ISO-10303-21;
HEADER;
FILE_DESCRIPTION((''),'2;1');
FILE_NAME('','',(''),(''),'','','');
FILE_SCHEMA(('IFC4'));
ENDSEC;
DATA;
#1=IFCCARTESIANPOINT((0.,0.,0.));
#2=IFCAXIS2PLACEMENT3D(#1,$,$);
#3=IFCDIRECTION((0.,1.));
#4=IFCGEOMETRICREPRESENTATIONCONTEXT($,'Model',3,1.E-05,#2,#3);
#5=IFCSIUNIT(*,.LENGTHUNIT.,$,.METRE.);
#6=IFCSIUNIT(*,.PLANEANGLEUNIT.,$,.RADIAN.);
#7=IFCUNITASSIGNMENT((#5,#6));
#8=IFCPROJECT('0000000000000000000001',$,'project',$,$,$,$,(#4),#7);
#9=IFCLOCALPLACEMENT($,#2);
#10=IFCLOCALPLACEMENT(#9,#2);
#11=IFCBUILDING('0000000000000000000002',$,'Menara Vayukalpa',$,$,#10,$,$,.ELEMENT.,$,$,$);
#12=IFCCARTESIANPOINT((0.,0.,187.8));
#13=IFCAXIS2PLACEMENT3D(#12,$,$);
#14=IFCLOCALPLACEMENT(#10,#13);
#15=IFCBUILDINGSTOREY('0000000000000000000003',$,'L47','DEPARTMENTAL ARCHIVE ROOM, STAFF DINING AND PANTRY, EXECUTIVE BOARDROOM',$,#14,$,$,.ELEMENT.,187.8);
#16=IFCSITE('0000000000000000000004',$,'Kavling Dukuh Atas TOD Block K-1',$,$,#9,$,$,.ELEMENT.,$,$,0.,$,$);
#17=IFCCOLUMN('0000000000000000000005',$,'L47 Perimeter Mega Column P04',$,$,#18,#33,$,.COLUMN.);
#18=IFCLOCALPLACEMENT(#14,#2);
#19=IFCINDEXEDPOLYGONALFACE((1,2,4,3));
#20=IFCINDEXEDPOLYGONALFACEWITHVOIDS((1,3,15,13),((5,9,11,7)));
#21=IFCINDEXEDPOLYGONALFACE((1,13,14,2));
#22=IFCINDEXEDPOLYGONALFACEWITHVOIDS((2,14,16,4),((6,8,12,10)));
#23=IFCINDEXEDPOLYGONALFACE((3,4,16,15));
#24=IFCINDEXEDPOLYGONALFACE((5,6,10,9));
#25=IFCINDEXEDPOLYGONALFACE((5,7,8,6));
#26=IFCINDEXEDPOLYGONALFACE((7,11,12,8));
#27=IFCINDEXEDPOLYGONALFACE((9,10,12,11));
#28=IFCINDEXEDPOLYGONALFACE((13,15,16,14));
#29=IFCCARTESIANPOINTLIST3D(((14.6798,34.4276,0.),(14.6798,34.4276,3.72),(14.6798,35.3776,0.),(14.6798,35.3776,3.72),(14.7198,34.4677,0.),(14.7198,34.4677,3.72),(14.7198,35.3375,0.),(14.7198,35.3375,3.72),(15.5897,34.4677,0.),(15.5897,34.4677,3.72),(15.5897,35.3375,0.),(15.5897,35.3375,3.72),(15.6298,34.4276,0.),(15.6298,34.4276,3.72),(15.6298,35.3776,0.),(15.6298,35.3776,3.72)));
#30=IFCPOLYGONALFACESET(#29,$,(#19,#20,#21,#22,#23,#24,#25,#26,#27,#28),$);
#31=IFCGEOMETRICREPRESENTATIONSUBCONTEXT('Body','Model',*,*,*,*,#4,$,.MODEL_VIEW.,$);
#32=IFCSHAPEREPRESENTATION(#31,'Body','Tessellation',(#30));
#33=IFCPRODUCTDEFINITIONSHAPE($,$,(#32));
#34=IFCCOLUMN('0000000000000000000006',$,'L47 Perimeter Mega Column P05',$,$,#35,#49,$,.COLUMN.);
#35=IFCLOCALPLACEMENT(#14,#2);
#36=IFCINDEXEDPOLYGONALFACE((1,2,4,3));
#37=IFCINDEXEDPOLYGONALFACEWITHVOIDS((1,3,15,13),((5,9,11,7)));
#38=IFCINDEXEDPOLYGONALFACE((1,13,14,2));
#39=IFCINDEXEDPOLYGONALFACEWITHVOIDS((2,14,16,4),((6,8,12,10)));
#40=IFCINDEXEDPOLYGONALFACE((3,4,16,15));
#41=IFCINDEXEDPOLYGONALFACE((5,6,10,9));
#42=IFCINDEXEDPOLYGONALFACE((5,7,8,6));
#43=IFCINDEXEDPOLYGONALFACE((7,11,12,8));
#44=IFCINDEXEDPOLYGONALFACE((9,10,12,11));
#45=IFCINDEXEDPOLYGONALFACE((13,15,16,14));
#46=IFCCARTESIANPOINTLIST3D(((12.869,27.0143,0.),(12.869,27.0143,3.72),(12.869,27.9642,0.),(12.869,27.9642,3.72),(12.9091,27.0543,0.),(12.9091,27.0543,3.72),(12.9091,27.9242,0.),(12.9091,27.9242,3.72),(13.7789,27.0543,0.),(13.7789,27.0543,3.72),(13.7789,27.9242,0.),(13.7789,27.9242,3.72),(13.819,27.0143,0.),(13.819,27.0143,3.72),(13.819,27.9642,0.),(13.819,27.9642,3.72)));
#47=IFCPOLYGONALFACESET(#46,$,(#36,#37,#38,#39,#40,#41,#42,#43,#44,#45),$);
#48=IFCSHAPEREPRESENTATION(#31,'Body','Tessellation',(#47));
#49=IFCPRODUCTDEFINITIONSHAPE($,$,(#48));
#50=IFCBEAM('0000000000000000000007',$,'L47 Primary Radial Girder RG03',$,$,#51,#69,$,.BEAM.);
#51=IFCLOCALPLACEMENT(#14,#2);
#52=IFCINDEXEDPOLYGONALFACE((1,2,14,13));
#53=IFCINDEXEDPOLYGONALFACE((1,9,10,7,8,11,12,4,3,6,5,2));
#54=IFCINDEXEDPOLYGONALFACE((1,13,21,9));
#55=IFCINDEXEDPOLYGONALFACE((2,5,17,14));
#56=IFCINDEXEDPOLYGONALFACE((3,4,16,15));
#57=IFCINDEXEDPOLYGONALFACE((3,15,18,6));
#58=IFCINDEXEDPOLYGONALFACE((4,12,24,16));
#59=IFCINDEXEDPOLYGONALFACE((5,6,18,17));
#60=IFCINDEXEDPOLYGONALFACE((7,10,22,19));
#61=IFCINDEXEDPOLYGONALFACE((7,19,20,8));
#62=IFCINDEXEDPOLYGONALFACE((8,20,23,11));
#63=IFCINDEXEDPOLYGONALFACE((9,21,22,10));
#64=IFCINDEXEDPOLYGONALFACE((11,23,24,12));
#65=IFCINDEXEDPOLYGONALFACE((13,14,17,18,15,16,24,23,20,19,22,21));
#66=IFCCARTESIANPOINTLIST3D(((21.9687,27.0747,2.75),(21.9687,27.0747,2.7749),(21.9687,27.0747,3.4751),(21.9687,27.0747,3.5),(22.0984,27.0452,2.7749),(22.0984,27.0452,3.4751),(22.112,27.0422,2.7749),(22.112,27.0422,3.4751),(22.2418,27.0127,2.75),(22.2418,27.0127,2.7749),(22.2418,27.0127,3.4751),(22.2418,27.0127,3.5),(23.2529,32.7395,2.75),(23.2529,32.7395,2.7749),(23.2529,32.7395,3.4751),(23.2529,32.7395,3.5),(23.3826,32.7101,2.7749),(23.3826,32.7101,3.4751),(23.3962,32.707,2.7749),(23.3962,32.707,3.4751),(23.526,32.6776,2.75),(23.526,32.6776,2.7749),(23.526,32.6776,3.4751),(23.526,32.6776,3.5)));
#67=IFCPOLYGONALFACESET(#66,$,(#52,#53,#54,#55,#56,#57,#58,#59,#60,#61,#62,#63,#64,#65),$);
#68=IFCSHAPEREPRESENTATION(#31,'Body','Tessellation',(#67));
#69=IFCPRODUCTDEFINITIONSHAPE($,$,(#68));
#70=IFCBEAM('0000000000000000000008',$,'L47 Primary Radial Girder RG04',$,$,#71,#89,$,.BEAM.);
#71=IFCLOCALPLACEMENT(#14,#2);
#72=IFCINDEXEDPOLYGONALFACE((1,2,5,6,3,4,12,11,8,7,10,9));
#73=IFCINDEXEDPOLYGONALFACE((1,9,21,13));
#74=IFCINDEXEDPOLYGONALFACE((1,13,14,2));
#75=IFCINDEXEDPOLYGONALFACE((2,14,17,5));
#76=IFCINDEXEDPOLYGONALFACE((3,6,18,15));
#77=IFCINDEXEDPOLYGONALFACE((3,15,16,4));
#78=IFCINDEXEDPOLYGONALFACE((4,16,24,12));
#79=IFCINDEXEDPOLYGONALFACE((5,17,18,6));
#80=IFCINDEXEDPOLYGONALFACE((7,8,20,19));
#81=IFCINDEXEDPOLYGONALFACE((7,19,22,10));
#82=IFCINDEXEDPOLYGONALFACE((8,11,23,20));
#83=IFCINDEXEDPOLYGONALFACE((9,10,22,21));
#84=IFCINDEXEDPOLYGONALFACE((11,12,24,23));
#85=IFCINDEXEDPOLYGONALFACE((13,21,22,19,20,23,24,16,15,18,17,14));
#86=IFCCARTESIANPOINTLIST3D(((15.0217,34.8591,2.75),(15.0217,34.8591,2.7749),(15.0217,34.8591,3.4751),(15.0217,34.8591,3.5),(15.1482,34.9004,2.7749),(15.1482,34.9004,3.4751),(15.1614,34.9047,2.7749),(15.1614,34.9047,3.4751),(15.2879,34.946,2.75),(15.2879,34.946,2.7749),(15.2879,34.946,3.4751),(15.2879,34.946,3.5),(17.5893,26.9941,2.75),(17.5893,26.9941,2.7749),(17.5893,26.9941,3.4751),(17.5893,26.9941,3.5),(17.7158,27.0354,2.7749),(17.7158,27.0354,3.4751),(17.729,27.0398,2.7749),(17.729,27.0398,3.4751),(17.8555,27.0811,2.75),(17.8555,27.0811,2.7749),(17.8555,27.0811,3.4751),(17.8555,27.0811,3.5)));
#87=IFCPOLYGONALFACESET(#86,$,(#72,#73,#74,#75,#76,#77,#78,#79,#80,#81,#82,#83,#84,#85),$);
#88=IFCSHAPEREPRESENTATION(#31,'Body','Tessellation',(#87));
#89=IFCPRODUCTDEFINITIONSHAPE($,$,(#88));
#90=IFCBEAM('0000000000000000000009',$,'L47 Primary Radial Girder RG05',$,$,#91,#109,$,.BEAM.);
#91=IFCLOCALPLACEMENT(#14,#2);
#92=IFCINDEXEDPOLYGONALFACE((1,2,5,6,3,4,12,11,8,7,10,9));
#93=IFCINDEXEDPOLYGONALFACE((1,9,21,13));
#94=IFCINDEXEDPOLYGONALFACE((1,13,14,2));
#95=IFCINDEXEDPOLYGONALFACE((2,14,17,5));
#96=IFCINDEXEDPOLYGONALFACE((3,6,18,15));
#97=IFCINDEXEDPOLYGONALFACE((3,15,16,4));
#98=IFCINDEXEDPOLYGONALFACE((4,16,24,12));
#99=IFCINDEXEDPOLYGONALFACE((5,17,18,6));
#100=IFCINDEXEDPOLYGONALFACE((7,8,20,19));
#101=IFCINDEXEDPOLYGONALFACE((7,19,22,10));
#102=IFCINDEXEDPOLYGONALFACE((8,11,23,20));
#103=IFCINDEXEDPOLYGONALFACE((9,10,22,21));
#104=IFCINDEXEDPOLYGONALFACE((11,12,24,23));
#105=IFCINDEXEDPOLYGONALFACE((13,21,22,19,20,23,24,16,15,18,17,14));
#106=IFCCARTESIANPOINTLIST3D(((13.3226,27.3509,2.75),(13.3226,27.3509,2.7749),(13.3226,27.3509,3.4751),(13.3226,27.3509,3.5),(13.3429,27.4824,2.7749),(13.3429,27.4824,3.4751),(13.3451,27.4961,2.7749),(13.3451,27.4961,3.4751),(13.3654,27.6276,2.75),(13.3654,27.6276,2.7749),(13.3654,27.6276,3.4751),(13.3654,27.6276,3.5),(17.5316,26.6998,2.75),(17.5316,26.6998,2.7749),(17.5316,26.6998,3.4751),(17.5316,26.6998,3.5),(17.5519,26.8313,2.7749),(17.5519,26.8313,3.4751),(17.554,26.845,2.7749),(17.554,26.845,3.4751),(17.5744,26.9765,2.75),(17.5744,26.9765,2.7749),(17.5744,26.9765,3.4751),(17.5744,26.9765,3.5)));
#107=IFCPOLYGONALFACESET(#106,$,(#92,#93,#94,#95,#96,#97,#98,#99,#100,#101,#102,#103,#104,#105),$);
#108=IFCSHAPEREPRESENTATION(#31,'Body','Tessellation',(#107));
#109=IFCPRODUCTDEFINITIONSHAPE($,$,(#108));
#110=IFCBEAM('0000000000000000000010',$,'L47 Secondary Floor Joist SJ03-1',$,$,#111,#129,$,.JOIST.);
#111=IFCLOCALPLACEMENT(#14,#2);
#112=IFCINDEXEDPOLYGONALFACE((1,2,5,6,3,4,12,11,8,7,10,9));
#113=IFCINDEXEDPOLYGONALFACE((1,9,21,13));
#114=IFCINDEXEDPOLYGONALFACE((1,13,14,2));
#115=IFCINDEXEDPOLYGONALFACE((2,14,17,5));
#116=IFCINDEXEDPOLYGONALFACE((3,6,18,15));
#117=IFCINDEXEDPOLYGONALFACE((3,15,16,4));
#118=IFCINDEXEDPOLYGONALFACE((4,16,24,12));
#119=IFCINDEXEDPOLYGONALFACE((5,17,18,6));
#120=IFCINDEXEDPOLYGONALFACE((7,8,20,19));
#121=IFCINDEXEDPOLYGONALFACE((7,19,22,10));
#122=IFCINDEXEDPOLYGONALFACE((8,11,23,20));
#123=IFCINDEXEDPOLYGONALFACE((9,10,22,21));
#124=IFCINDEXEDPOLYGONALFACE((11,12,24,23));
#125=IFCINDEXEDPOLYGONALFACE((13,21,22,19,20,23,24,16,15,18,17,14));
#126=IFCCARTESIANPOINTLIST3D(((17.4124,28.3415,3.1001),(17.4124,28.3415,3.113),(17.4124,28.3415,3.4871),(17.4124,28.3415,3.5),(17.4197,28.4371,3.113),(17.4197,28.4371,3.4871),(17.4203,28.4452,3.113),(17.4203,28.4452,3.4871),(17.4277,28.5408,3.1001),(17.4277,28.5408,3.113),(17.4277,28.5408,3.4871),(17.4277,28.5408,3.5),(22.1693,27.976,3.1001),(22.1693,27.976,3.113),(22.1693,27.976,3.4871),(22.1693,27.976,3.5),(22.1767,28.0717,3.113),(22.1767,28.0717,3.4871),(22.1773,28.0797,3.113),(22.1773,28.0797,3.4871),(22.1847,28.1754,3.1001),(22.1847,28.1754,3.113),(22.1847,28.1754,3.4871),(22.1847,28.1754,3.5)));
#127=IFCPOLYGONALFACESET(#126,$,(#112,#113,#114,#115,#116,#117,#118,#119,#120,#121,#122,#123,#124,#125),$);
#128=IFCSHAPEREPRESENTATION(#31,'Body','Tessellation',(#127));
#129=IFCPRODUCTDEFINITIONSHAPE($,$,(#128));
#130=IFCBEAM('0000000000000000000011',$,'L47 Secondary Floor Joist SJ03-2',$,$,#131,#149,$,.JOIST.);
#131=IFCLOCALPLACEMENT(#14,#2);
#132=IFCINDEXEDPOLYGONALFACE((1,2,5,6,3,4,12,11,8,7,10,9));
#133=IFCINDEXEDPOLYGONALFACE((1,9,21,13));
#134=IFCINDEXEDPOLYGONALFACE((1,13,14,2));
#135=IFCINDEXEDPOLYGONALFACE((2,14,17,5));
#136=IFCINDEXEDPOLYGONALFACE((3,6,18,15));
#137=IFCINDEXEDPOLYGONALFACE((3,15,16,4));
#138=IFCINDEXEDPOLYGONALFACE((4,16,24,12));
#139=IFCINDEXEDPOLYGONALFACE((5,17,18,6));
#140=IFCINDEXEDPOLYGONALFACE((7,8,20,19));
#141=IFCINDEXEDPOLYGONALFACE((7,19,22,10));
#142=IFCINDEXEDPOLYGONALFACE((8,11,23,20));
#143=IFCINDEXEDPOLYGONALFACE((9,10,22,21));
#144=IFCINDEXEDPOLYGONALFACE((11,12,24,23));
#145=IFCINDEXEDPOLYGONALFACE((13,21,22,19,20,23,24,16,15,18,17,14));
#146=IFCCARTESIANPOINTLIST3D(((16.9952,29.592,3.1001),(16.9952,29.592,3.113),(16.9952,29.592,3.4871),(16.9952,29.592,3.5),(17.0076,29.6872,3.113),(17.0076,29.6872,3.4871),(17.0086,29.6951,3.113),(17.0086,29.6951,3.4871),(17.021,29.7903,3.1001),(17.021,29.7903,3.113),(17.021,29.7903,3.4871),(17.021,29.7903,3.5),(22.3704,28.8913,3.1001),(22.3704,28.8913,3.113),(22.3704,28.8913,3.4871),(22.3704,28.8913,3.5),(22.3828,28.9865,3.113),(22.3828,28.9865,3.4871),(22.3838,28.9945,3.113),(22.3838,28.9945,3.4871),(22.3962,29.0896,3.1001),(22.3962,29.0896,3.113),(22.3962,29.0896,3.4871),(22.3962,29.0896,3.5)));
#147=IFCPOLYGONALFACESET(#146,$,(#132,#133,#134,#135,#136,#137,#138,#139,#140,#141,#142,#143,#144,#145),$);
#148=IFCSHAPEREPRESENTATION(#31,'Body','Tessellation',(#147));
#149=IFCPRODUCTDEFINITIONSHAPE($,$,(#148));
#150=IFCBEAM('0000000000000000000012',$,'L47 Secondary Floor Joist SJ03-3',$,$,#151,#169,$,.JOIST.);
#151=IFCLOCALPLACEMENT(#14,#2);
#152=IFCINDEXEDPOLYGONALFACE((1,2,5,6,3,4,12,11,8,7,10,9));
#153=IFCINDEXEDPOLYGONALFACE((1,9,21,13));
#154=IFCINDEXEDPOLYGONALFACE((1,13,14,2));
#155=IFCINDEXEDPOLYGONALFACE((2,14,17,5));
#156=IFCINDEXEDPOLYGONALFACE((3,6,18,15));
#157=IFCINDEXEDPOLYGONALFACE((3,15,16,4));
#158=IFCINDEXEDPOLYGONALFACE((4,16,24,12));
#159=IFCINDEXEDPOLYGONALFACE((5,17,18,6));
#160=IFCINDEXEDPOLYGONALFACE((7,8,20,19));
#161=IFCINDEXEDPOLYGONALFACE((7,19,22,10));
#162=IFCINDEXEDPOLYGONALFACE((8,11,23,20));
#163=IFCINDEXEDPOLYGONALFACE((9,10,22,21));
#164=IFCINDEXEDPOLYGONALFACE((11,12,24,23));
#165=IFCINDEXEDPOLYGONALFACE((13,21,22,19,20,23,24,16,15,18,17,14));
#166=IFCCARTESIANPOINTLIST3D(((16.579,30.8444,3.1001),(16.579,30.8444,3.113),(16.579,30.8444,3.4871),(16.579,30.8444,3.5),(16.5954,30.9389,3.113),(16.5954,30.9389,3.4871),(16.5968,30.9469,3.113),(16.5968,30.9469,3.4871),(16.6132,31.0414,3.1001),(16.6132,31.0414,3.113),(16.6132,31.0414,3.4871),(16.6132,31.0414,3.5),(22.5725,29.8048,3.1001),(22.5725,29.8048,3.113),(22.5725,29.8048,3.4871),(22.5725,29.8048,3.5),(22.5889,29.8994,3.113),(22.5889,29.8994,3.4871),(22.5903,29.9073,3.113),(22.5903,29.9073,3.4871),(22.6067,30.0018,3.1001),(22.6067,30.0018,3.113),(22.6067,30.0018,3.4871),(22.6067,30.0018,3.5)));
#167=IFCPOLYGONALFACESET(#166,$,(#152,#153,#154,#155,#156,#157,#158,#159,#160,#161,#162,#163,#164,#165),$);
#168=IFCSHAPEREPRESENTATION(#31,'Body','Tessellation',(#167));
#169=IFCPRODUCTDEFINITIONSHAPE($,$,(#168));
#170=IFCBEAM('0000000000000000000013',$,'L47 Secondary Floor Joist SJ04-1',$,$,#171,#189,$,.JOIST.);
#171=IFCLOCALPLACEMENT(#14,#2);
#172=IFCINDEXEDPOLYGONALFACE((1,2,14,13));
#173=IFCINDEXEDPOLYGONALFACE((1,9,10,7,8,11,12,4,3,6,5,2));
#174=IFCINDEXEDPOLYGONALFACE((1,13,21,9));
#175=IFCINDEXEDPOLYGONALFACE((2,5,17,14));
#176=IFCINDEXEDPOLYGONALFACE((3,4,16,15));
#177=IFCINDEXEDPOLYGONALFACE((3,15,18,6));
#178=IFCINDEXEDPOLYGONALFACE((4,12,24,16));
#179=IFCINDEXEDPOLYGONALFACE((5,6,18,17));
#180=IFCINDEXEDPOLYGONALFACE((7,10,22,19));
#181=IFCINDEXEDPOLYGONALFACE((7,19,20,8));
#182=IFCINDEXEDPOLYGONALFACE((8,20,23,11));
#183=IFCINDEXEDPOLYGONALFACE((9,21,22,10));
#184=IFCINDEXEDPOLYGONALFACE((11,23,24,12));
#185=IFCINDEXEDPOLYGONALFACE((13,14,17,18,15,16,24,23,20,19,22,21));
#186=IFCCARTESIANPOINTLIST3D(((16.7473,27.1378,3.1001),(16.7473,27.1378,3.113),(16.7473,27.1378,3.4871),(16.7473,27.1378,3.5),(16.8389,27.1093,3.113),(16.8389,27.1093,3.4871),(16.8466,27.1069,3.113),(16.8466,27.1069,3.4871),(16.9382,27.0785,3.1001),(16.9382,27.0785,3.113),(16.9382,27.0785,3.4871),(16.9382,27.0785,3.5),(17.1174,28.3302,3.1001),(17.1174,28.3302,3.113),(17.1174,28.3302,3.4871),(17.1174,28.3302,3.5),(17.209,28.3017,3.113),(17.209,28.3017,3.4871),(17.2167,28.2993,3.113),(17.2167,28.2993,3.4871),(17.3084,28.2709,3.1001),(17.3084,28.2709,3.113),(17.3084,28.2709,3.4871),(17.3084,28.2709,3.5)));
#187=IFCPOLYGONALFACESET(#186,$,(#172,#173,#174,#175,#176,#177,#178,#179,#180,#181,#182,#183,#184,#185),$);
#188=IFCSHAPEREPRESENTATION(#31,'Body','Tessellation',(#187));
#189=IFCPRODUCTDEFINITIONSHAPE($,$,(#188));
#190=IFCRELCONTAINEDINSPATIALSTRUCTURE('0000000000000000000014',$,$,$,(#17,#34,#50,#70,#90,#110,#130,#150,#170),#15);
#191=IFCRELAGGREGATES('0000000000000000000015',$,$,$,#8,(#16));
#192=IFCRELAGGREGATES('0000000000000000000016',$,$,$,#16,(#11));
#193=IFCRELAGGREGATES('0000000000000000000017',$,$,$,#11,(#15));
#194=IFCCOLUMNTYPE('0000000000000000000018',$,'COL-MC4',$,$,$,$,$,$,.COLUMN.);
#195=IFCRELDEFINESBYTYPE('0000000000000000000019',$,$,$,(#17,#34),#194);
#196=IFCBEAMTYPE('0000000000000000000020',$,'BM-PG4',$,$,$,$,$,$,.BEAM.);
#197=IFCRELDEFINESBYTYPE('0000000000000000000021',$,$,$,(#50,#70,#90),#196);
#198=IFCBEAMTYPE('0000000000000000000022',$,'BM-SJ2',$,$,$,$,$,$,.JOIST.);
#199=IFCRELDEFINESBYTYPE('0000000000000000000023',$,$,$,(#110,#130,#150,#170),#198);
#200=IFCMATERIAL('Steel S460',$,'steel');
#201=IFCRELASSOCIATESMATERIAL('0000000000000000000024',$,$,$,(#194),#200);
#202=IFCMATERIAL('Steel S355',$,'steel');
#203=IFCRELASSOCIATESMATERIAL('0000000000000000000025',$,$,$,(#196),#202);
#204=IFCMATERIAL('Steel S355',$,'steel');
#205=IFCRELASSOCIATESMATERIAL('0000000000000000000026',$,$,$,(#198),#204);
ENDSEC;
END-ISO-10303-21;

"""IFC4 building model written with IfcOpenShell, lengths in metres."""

from ifc_helpers import new_model, si_unit, direction, frame, origin, origin_2d, place, context, subcontext, project, spatial, hollow_rectangle, i_section, extrude, material, material_profile, profile_set, type_object, element, save


model = new_model("IFC4")

# Units and contexts
model_context = context("Model", 3, precision=1e-05, world=origin(), true_north=direction((0.0, 1.0)))
body_context = subcontext(model_context, "Body", "Model", "MODEL_VIEW")
ifc_project = project(units=[si_unit("LENGTHUNIT", "METRE"), si_unit("PLANEANGLEUNIT", "RADIAN")], contexts=[model_context])

# Site, building, storey
site_placement = place(None, origin())
site = spatial("IfcSite", under=ifc_project, at=site_placement, Name="Kavling Dukuh Atas TOD Block K-1", CompositionType="ELEMENT", RefElevation=0.0)
building_placement = place(site_placement, origin())
building = spatial("IfcBuilding", under=site, at=building_placement, Name="Menara Vayukalpa", CompositionType="ELEMENT")
storey_placement = place(building_placement, frame((0.0, 0.0, 187.8)))
storey = spatial("IfcBuildingStorey", under=building, at=storey_placement, Name="L47", Description="DEPARTMENTAL ARCHIVE ROOM, STAFF DINING AND PANTRY, EXECUTIVE BOARDROOM", CompositionType="ELEMENT", Elevation=187.8)

# Columns
ifc_material_1 = material(Name="Steel S460", Category="steel")
ifc_material_profile_1 = material_profile(ifc_material_1, hollow_rectangle(XDim=0.95, YDim=0.95, WallThickness=0.04, at=origin_2d()), Name="BOX 950x950x40")
ifc_profile_set_1 = profile_set([ifc_material_profile_1], Name="Steel S460")
column_type = type_object("IfcColumnType", Name="COL-MC4", PredefinedType="COLUMN", material=ifc_profile_set_1)
for number, where, z_axis, x_axis, name in (
    (1, (15.1548, 34.9026, 0.0), (0.0, 0.0, 1.0), (1.0, 0.0, 0.0), "L47 Perimeter Mega Column P04"),
    (2, (13.344, 27.4893, 0.0), (0.0, 0.0, 1.0), (1.0, 0.0, 0.0), "L47 Perimeter Mega Column P05"),
):
    element("IfcColumn", number, at=place(storey_placement, frame(where, z_axis=z_axis, x_axis=x_axis)), inside=storey, type_object=column_type, Name=name, PredefinedType="COLUMN", context=body_context, shape_type="SweptSolid", body=[
        extrude(hollow_rectangle(XDim=0.95, YDim=0.95, WallThickness=0.04, at=origin_2d()), origin(), (0.0, 0.0, 1.0), 3.72),
    ])

# Beams
ifc_material_2 = material(Name="Steel S355", Category="steel")
ifc_material_profile_2 = material_profile(ifc_material_2, i_section(OverallWidth=0.28, OverallDepth=0.75, WebThickness=0.0139, FlangeThickness=0.0249, at=origin_2d()), Name="WF 750x280x14x25")
ifc_profile_set_2 = profile_set([ifc_material_profile_2], Name="Steel S355")
beam_type_1 = type_object("IfcBeamType", Name="BM-PG4", PredefinedType="BEAM", material=ifc_profile_set_2)
beam_1_placement = place(storey_placement, frame((22.1052, 27.0437, 3.125), z_axis=(0.221085, 0.975255, 0.0), x_axis=(-0.975255, 0.221085, 0.0)))
element("IfcBeam", 3, at=beam_1_placement, inside=storey, type_object=beam_type_1, Name="L47 Primary Radial Girder RG03", PredefinedType="BEAM", context=body_context, shape_type="SweptSolid", body=[
    extrude(i_section(OverallWidth=0.28, OverallDepth=0.75, WebThickness=0.0139, FlangeThickness=0.0249, at=origin_2d()), origin(), (0.0, 0.0, 1.0), 5.8086),
])
beam_2_placement = place(storey_placement, frame((17.7224, 27.0376, 3.125), z_axis=(-0.310344, 0.950624, 0.0), x_axis=(-0.950624, -0.310344, 0.0)))
element("IfcBeam", 4, at=beam_2_placement, inside=storey, type_object=beam_type_1, Name="L47 Primary Radial Girder RG04", PredefinedType="BEAM", context=body_context, shape_type="SweptSolid", body=[
    extrude(i_section(OverallWidth=0.28, OverallDepth=0.75, WebThickness=0.0139, FlangeThickness=0.0249, at=origin_2d()), origin(), (0.0, 0.0, 1.0), 8.2734),
])
beam_3_placement = place(storey_placement, frame((17.553, 26.8381, 3.125), z_axis=(-0.988245, 0.15288, 0.0), x_axis=(-0.15288, -0.988245, 0.0)))
element("IfcBeam", 5, at=beam_3_placement, inside=storey, type_object=beam_type_1, Name="L47 Primary Radial Girder RG05", PredefinedType="BEAM", context=body_context, shape_type="SweptSolid", body=[
    extrude(i_section(OverallWidth=0.28, OverallDepth=0.75, WebThickness=0.0139, FlangeThickness=0.0249, at=origin_2d()), origin(), (0.0, 0.0, 1.0), 4.259),
])
ifc_material_3 = material(Name="Steel S355", Category="steel")
ifc_material_profile_3 = material_profile(ifc_material_3, i_section(OverallWidth=0.2, OverallDepth=0.3999, WebThickness=0.0081, FlangeThickness=0.0129, at=origin_2d()), Name="WF 400x200x8x13")
ifc_profile_set_3 = profile_set([ifc_material_profile_3], Name="Steel S355")
beam_type_2 = type_object("IfcBeamType", Name="BM-SJ2", PredefinedType="JOIST", material=ifc_profile_set_3)
beam_4_placement = place(storey_placement, frame((22.177, 28.0757, 3.3), z_axis=(-0.997062, 0.076603, 0.0), x_axis=(-0.076603, -0.997062, 0.0)))
element("IfcBeam", 6, at=beam_4_placement, inside=storey, type_object=beam_type_2, Name="L47 Secondary Floor Joist SJ03-1", PredefinedType="JOIST", context=body_context, shape_type="SweptSolid", body=[
    extrude(i_section(OverallWidth=0.2, OverallDepth=0.3999, WebThickness=0.0081, FlangeThickness=0.0129, at=origin_2d()), origin(), (0.0, 0.0, 1.0), 4.771),
])
beam_5_placement = place(storey_placement, frame((22.3833, 28.9905, 3.3), z_axis=(-0.991611, 0.12926, 0.0), x_axis=(-0.12926, -0.991611, 0.0)))
element("IfcBeam", 7, at=beam_5_placement, inside=storey, type_object=beam_type_2, Name="L47 Secondary Floor Joist SJ03-2", PredefinedType="JOIST", context=body_context, shape_type="SweptSolid", body=[
    extrude(i_section(OverallWidth=0.2, OverallDepth=0.3999, WebThickness=0.0081, FlangeThickness=0.0129, at=origin_2d()), origin(), (0.0, 0.0, 1.0), 5.4207),
])
beam_6_placement = place(storey_placement, frame((22.5896, 29.9033, 3.3), z_axis=(-0.985289, 0.170897, 0.0), x_axis=(-0.170897, -0.985289, 0.0)))
element("IfcBeam", 8, at=beam_6_placement, inside=storey, type_object=beam_type_2, Name="L47 Secondary Floor Joist SJ03-3", PredefinedType="JOIST", context=body_context, shape_type="SweptSolid", body=[
    extrude(i_section(OverallWidth=0.2, OverallDepth=0.3999, WebThickness=0.0081, FlangeThickness=0.0129, at=origin_2d()), origin(), (0.0, 0.0, 1.0), 6.083),
])
beam_7_placement = place(storey_placement, frame((17.2129, 28.3005, 3.3), z_axis=(-0.296448, -0.955049, 0.0), x_axis=(0.955049, -0.296448, 0.0)))
element("IfcBeam", 9, at=beam_7_placement, inside=storey, type_object=beam_type_2, Name="L47 Secondary Floor Joist SJ04-1", PredefinedType="JOIST", context=body_context, shape_type="SweptSolid", body=[
    extrude(i_section(OverallWidth=0.2, OverallDepth=0.3999, WebThickness=0.0081, FlangeThickness=0.0129, at=origin_2d()), origin(), (0.0, 0.0, 1.0), 1.2485),
])

save(model, "model.ifc")
